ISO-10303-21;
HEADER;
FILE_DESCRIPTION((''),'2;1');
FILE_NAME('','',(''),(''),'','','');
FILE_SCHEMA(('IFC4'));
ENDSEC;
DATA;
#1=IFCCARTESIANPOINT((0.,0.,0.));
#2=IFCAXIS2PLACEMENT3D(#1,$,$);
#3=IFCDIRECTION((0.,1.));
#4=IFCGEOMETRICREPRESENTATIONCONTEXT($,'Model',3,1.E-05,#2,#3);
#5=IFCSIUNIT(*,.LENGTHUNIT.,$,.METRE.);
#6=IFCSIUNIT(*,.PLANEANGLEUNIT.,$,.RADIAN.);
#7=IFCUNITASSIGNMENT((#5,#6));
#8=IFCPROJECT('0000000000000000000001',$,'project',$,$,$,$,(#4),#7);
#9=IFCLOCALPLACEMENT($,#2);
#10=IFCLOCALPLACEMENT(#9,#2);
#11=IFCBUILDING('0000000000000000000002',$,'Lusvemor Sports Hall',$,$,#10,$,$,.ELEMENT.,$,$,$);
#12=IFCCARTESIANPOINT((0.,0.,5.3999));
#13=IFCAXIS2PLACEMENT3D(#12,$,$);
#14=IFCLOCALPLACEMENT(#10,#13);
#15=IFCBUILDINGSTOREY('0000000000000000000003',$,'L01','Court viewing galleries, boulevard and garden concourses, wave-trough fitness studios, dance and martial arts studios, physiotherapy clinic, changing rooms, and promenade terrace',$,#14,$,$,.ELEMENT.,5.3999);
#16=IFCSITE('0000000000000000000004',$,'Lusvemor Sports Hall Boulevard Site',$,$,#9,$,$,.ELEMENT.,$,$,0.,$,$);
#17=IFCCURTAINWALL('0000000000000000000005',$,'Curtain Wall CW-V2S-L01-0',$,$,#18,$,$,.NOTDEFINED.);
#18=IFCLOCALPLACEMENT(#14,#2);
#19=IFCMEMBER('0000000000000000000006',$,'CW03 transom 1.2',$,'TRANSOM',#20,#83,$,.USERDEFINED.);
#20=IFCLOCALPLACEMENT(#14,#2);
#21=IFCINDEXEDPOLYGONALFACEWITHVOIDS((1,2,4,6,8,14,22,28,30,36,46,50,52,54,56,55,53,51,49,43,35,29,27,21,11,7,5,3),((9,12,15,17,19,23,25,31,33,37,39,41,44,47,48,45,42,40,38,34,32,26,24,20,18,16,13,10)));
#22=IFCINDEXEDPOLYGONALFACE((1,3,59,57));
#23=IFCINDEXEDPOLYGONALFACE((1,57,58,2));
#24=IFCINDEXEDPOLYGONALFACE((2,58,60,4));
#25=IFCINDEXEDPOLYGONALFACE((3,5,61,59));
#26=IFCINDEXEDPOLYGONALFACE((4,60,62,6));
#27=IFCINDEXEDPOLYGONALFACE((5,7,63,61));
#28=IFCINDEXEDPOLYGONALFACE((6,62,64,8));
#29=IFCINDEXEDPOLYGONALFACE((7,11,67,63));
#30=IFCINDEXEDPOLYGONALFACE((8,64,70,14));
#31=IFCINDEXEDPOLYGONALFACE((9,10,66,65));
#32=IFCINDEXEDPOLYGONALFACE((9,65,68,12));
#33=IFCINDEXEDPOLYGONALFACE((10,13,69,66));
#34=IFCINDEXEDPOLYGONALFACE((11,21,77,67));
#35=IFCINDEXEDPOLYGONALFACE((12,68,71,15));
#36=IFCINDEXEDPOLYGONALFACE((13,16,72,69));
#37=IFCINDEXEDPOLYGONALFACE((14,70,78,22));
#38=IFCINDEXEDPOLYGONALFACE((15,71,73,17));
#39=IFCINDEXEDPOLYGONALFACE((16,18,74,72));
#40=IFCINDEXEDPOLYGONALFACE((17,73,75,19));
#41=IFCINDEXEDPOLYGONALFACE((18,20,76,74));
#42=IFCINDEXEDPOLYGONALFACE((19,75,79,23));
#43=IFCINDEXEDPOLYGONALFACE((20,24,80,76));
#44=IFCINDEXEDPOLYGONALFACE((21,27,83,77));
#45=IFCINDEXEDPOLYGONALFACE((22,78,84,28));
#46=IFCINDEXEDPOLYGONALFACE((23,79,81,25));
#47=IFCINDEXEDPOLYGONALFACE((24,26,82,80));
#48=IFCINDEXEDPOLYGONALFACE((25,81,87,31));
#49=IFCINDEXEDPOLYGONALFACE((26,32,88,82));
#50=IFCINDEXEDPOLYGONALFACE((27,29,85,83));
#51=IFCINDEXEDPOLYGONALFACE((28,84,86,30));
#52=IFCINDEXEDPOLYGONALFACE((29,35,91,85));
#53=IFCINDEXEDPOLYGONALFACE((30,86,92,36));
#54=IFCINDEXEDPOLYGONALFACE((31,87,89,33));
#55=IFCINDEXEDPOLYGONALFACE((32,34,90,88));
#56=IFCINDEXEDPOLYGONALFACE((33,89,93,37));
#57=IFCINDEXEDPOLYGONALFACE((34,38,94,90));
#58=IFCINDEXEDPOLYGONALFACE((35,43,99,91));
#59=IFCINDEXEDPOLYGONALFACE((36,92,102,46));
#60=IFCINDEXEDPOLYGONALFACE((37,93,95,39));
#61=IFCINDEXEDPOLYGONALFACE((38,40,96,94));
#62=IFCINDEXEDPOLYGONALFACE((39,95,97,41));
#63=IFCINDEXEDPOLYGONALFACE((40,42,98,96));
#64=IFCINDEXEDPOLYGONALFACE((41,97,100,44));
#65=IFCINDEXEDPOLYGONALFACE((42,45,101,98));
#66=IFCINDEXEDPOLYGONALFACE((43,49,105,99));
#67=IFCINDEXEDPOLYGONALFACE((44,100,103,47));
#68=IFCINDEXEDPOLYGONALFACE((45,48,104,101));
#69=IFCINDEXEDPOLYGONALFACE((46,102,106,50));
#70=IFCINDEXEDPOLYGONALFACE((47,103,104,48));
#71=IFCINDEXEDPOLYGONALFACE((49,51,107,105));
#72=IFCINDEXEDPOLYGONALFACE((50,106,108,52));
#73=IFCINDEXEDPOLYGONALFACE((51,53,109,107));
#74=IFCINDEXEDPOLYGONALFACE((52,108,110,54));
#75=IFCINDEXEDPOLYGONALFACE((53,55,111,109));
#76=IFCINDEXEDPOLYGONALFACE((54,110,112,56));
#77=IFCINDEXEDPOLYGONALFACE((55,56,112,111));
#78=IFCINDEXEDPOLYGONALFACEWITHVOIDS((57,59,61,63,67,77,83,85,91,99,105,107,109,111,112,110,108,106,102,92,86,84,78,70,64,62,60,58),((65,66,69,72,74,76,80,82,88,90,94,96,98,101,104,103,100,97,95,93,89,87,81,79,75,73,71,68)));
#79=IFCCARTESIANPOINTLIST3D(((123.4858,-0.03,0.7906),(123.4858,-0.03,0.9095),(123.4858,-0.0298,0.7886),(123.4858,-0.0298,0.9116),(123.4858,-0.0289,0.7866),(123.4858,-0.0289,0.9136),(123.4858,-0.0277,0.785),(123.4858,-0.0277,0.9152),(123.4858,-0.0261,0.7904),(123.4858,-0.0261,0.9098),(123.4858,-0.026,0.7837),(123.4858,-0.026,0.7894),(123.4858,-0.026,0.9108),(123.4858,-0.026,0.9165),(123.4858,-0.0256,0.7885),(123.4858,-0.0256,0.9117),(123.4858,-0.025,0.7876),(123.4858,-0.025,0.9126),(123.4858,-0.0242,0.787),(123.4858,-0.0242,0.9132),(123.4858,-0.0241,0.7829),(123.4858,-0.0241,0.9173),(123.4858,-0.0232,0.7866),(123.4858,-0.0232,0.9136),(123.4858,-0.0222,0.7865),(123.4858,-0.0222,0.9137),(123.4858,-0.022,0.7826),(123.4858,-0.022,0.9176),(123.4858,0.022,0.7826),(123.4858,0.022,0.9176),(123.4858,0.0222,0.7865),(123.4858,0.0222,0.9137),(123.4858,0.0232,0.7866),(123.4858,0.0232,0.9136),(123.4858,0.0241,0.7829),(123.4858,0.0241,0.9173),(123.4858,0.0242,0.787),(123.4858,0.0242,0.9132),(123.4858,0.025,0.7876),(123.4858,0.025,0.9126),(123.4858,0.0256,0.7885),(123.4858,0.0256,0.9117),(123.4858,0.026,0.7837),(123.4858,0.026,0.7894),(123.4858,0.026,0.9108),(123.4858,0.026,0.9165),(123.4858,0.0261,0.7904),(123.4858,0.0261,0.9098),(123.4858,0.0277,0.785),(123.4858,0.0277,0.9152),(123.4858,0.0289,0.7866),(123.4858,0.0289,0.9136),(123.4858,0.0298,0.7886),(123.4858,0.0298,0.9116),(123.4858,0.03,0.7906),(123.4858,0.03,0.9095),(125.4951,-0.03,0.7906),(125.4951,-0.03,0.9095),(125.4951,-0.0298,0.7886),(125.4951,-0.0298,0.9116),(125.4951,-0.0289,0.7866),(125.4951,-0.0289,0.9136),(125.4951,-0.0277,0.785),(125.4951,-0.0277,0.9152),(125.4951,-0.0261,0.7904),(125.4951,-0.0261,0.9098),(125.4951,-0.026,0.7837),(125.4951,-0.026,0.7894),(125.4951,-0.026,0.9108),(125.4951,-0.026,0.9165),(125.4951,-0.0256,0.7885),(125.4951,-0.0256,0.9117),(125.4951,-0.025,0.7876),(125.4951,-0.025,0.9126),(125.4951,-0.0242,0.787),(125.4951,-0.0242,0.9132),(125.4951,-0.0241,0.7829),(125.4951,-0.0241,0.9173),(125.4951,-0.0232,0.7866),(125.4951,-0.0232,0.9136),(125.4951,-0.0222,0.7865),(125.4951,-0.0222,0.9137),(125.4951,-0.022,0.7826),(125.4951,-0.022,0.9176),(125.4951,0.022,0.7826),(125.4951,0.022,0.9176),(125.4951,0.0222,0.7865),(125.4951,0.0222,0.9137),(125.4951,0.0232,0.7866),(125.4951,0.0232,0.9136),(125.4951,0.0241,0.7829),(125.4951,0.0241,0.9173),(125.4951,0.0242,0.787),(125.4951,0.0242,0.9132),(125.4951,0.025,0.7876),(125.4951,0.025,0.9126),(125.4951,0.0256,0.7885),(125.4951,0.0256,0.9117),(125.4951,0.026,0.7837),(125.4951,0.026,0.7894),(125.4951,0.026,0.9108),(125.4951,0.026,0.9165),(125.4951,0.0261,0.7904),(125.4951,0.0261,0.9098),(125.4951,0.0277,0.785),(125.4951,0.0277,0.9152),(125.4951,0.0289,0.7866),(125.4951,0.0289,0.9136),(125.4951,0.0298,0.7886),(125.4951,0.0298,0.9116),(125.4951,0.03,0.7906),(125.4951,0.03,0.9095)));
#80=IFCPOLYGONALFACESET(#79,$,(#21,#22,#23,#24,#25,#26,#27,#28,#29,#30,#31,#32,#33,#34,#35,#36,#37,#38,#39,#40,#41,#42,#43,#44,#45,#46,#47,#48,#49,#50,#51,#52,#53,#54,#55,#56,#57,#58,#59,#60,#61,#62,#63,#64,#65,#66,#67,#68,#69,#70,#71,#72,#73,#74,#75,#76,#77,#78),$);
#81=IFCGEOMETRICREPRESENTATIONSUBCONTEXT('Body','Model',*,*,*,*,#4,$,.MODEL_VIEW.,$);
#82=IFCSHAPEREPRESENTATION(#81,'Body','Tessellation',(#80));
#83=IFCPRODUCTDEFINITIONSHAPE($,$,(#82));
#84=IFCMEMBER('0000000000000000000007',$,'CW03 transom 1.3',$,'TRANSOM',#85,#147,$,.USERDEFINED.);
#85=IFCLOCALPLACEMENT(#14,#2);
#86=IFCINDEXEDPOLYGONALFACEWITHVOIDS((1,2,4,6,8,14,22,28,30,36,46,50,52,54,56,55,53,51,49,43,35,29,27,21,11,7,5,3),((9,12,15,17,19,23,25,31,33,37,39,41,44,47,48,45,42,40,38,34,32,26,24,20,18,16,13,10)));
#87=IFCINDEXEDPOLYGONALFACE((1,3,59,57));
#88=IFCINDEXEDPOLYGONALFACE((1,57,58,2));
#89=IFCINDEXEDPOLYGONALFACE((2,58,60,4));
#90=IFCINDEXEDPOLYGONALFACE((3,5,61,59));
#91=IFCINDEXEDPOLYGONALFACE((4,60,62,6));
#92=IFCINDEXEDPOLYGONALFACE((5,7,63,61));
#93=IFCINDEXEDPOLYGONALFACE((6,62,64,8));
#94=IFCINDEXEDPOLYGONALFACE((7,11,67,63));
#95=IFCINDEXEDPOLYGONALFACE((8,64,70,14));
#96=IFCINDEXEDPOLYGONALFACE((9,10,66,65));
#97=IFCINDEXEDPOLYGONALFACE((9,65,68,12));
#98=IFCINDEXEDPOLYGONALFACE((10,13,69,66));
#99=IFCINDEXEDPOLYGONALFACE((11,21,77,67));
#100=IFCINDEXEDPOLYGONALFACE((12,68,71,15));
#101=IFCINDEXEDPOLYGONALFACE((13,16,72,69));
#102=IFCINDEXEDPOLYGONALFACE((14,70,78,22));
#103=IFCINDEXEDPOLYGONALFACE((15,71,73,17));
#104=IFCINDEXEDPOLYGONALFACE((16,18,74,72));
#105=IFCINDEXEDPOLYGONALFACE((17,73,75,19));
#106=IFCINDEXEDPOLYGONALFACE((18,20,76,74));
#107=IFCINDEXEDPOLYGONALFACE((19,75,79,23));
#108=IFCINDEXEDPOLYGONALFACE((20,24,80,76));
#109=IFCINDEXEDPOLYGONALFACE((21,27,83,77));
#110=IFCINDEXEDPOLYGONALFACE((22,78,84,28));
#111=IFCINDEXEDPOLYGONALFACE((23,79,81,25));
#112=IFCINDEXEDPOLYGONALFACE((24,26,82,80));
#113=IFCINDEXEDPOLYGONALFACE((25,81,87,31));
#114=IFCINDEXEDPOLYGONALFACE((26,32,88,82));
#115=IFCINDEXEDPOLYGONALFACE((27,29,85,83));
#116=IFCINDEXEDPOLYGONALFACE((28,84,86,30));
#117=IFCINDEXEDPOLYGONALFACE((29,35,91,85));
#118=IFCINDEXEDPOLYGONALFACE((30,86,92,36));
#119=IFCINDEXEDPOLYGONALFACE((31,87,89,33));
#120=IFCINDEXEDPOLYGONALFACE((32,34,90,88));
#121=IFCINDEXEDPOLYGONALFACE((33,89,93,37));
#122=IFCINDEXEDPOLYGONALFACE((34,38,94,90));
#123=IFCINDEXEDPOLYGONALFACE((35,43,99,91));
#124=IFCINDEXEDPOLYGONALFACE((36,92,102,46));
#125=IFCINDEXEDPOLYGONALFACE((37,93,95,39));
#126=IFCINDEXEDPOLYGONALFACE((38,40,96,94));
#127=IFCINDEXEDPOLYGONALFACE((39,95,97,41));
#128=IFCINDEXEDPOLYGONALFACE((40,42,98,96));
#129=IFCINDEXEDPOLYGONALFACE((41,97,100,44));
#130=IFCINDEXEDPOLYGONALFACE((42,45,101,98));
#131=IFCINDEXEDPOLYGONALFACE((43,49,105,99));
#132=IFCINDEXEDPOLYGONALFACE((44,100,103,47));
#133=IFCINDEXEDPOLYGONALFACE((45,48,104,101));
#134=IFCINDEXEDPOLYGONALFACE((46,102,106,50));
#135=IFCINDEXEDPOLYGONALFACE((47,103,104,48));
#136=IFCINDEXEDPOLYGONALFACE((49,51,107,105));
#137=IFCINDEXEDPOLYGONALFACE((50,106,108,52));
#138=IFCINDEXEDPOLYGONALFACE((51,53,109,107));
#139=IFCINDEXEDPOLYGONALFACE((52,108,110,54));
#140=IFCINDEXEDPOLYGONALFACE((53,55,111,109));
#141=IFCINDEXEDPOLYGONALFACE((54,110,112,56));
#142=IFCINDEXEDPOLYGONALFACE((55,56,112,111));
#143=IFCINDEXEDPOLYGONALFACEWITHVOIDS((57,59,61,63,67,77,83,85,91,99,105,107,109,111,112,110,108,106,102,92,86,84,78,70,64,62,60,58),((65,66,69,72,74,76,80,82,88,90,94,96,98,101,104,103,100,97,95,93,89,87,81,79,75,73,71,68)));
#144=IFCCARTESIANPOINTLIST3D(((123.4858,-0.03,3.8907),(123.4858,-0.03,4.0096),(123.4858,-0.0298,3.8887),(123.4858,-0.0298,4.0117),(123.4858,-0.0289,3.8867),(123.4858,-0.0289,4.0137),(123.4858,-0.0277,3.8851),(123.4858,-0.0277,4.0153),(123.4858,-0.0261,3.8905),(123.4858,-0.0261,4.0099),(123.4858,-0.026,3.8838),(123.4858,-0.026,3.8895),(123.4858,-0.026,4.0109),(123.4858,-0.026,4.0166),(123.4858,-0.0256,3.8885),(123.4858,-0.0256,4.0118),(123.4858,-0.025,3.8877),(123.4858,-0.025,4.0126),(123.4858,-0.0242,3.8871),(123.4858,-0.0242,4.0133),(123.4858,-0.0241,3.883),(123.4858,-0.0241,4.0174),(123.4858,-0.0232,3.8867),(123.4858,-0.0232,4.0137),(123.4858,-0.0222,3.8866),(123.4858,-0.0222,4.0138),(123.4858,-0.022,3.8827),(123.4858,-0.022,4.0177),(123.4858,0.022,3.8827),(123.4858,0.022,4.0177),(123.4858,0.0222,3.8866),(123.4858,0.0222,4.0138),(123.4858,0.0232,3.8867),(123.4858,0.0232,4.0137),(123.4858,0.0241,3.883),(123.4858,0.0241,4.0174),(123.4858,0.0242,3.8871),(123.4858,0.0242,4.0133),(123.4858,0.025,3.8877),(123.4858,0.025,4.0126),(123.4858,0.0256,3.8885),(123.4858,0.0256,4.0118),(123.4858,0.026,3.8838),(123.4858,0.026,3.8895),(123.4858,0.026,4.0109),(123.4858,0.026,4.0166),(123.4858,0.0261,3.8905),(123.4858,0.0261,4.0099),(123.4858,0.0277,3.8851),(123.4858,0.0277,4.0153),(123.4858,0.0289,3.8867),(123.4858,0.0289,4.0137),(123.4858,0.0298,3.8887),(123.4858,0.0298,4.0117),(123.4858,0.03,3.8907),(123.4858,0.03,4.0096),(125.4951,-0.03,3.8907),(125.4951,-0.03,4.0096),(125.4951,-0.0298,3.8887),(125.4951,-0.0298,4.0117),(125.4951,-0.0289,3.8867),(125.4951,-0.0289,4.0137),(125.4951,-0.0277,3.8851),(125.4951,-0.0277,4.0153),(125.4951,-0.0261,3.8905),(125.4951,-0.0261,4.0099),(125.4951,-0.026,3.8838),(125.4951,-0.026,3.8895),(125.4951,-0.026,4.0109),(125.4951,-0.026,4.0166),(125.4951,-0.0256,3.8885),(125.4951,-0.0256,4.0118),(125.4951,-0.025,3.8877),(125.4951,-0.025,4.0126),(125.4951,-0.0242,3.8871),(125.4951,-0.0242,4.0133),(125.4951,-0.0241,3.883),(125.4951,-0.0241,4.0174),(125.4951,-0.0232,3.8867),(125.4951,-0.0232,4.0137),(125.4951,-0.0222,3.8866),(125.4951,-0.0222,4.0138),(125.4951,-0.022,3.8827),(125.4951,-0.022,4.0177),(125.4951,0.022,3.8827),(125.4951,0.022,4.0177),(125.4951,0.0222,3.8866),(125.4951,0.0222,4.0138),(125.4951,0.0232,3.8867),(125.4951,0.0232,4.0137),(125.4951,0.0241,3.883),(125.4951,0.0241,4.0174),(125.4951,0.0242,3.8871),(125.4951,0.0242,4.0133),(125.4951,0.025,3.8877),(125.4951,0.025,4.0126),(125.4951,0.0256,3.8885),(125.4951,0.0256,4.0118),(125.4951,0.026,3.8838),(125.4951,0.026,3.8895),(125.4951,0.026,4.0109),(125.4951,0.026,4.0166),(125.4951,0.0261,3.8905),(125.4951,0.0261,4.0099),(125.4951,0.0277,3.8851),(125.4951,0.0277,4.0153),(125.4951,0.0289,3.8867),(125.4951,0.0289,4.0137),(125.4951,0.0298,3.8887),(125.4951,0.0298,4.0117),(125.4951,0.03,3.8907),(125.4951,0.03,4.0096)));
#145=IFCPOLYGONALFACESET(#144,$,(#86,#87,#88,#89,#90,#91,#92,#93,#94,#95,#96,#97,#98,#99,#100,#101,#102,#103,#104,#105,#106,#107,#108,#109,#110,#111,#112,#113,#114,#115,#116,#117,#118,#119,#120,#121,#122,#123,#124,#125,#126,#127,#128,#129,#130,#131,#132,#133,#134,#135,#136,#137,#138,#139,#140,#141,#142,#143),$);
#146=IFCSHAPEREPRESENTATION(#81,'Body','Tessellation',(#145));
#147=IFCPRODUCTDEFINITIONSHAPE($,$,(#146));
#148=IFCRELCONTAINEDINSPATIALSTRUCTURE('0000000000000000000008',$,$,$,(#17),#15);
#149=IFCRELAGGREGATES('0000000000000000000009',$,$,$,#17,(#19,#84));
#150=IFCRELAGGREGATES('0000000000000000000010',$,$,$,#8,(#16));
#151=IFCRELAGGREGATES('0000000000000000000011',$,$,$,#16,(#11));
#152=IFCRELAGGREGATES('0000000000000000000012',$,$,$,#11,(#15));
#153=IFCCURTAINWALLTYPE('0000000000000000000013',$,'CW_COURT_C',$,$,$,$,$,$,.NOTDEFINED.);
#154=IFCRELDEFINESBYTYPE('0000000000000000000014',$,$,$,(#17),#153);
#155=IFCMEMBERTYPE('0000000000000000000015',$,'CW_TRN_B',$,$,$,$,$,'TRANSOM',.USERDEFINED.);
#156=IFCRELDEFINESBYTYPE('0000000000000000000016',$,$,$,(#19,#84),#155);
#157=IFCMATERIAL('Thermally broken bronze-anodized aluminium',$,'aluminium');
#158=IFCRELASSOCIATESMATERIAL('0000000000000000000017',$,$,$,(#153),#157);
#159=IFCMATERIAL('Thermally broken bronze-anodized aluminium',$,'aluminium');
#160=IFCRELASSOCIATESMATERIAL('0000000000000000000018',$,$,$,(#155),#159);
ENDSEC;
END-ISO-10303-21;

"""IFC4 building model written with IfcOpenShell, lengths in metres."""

from ifc_helpers import new_model, si_unit, direction, frame, origin, origin_2d, place, context, subcontext, project, spatial, hollow_rectangle, extrude, material, material_profile, profile_set, type_object, element, aggregate, save


model = new_model("IFC4")

# Units and contexts
model_context = context("Model", 3, precision=1e-05, world=origin(), true_north=direction((0.0, 1.0)))
body_context = subcontext(model_context, "Body", "Model", "MODEL_VIEW")
ifc_project = project(units=[si_unit("LENGTHUNIT", "METRE"), si_unit("PLANEANGLEUNIT", "RADIAN")], contexts=[model_context])

# Site, building, storey
site_placement = place(None, origin())
site = spatial("IfcSite", under=ifc_project, at=site_placement, Name="Lusvemor Sports Hall Boulevard Site", CompositionType="ELEMENT", RefElevation=0.0)
building_placement = place(site_placement, origin())
building = spatial("IfcBuilding", under=site, at=building_placement, Name="Lusvemor Sports Hall", CompositionType="ELEMENT")
storey_placement = place(building_placement, frame((0.0, 0.0, 5.3999)))
storey = spatial("IfcBuildingStorey", under=building, at=storey_placement, Name="L01", Description="Court viewing galleries, boulevard and garden concourses, wave-trough fitness studios, dance and martial arts studios, physiotherapy clinic, changing rooms, and promenade terrace", CompositionType="ELEMENT", Elevation=5.3999)

# Curtain wall
ifc_material_1 = material(Name="Thermally broken bronze-anodized aluminium", Category="aluminium")
curtain_wall_type = type_object("IfcCurtainWallType", Name="CW_COURT_C", PredefinedType="NOTDEFINED", material=ifc_material_1)
curtain_wall_1_placement = place(storey_placement, origin())
curtain_wall_1 = element("IfcCurtainWall", 1, at=curtain_wall_1_placement, inside=storey, type_object=curtain_wall_type, Name="Curtain Wall CW-V2S-L01-0", PredefinedType="NOTDEFINED")

# Members
ifc_material_2 = material(Name="Thermally broken bronze-anodized aluminium", Category="aluminium")
ifc_material_profile_1 = material_profile(ifc_material_2, hollow_rectangle(XDim=0.0601, YDim=0.135, WallThickness=0.0039, InnerFilletRadius=0.0039, OuterFilletRadius=0.0081, at=origin_2d()), Name="CWTRN135x60x4")
ifc_profile_set_1 = profile_set([ifc_material_profile_1], Name="Thermally broken bronze-anodized aluminium")
member_type_1 = type_object("IfcMemberType", Name="CW_TRN_B", ElementType="TRANSOM", PredefinedType="USERDEFINED", material=ifc_profile_set_1)
member_1_placement = place(storey_placement, frame((125.4951, 0.0, 0.8501), z_axis=(-1.0, 0.0, 0.0), x_axis=(0.0, -1.0, 0.0)))
member_1 = element("IfcMember", 2, at=member_1_placement, type_object=member_type_1, Name="CW03 transom 1.2", ObjectType="TRANSOM", PredefinedType="USERDEFINED", context=body_context, shape_type="SweptSolid", body=[
    extrude(hollow_rectangle(XDim=0.0601, YDim=0.135, WallThickness=0.0039, InnerFilletRadius=0.0039, OuterFilletRadius=0.0081, at=origin_2d()), origin(), (0.0, 0.0, 1.0), 2.0093),
])
member_2_placement = place(storey_placement, frame((125.4951, 0.0, 3.9502), z_axis=(-1.0, 0.0, 0.0), x_axis=(0.0, -1.0, 0.0)))
member_2 = element("IfcMember", 3, at=member_2_placement, type_object=member_type_1, Name="CW03 transom 1.3", ObjectType="TRANSOM", PredefinedType="USERDEFINED", context=body_context, shape_type="SweptSolid", body=[
    extrude(hollow_rectangle(XDim=0.0601, YDim=0.135, WallThickness=0.0039, InnerFilletRadius=0.0039, OuterFilletRadius=0.0081, at=origin_2d()), origin(), (0.0, 0.0, 1.0), 2.0093),
])

aggregate(curtain_wall_1, [member_1, member_2])

save(model, "model.ifc")
